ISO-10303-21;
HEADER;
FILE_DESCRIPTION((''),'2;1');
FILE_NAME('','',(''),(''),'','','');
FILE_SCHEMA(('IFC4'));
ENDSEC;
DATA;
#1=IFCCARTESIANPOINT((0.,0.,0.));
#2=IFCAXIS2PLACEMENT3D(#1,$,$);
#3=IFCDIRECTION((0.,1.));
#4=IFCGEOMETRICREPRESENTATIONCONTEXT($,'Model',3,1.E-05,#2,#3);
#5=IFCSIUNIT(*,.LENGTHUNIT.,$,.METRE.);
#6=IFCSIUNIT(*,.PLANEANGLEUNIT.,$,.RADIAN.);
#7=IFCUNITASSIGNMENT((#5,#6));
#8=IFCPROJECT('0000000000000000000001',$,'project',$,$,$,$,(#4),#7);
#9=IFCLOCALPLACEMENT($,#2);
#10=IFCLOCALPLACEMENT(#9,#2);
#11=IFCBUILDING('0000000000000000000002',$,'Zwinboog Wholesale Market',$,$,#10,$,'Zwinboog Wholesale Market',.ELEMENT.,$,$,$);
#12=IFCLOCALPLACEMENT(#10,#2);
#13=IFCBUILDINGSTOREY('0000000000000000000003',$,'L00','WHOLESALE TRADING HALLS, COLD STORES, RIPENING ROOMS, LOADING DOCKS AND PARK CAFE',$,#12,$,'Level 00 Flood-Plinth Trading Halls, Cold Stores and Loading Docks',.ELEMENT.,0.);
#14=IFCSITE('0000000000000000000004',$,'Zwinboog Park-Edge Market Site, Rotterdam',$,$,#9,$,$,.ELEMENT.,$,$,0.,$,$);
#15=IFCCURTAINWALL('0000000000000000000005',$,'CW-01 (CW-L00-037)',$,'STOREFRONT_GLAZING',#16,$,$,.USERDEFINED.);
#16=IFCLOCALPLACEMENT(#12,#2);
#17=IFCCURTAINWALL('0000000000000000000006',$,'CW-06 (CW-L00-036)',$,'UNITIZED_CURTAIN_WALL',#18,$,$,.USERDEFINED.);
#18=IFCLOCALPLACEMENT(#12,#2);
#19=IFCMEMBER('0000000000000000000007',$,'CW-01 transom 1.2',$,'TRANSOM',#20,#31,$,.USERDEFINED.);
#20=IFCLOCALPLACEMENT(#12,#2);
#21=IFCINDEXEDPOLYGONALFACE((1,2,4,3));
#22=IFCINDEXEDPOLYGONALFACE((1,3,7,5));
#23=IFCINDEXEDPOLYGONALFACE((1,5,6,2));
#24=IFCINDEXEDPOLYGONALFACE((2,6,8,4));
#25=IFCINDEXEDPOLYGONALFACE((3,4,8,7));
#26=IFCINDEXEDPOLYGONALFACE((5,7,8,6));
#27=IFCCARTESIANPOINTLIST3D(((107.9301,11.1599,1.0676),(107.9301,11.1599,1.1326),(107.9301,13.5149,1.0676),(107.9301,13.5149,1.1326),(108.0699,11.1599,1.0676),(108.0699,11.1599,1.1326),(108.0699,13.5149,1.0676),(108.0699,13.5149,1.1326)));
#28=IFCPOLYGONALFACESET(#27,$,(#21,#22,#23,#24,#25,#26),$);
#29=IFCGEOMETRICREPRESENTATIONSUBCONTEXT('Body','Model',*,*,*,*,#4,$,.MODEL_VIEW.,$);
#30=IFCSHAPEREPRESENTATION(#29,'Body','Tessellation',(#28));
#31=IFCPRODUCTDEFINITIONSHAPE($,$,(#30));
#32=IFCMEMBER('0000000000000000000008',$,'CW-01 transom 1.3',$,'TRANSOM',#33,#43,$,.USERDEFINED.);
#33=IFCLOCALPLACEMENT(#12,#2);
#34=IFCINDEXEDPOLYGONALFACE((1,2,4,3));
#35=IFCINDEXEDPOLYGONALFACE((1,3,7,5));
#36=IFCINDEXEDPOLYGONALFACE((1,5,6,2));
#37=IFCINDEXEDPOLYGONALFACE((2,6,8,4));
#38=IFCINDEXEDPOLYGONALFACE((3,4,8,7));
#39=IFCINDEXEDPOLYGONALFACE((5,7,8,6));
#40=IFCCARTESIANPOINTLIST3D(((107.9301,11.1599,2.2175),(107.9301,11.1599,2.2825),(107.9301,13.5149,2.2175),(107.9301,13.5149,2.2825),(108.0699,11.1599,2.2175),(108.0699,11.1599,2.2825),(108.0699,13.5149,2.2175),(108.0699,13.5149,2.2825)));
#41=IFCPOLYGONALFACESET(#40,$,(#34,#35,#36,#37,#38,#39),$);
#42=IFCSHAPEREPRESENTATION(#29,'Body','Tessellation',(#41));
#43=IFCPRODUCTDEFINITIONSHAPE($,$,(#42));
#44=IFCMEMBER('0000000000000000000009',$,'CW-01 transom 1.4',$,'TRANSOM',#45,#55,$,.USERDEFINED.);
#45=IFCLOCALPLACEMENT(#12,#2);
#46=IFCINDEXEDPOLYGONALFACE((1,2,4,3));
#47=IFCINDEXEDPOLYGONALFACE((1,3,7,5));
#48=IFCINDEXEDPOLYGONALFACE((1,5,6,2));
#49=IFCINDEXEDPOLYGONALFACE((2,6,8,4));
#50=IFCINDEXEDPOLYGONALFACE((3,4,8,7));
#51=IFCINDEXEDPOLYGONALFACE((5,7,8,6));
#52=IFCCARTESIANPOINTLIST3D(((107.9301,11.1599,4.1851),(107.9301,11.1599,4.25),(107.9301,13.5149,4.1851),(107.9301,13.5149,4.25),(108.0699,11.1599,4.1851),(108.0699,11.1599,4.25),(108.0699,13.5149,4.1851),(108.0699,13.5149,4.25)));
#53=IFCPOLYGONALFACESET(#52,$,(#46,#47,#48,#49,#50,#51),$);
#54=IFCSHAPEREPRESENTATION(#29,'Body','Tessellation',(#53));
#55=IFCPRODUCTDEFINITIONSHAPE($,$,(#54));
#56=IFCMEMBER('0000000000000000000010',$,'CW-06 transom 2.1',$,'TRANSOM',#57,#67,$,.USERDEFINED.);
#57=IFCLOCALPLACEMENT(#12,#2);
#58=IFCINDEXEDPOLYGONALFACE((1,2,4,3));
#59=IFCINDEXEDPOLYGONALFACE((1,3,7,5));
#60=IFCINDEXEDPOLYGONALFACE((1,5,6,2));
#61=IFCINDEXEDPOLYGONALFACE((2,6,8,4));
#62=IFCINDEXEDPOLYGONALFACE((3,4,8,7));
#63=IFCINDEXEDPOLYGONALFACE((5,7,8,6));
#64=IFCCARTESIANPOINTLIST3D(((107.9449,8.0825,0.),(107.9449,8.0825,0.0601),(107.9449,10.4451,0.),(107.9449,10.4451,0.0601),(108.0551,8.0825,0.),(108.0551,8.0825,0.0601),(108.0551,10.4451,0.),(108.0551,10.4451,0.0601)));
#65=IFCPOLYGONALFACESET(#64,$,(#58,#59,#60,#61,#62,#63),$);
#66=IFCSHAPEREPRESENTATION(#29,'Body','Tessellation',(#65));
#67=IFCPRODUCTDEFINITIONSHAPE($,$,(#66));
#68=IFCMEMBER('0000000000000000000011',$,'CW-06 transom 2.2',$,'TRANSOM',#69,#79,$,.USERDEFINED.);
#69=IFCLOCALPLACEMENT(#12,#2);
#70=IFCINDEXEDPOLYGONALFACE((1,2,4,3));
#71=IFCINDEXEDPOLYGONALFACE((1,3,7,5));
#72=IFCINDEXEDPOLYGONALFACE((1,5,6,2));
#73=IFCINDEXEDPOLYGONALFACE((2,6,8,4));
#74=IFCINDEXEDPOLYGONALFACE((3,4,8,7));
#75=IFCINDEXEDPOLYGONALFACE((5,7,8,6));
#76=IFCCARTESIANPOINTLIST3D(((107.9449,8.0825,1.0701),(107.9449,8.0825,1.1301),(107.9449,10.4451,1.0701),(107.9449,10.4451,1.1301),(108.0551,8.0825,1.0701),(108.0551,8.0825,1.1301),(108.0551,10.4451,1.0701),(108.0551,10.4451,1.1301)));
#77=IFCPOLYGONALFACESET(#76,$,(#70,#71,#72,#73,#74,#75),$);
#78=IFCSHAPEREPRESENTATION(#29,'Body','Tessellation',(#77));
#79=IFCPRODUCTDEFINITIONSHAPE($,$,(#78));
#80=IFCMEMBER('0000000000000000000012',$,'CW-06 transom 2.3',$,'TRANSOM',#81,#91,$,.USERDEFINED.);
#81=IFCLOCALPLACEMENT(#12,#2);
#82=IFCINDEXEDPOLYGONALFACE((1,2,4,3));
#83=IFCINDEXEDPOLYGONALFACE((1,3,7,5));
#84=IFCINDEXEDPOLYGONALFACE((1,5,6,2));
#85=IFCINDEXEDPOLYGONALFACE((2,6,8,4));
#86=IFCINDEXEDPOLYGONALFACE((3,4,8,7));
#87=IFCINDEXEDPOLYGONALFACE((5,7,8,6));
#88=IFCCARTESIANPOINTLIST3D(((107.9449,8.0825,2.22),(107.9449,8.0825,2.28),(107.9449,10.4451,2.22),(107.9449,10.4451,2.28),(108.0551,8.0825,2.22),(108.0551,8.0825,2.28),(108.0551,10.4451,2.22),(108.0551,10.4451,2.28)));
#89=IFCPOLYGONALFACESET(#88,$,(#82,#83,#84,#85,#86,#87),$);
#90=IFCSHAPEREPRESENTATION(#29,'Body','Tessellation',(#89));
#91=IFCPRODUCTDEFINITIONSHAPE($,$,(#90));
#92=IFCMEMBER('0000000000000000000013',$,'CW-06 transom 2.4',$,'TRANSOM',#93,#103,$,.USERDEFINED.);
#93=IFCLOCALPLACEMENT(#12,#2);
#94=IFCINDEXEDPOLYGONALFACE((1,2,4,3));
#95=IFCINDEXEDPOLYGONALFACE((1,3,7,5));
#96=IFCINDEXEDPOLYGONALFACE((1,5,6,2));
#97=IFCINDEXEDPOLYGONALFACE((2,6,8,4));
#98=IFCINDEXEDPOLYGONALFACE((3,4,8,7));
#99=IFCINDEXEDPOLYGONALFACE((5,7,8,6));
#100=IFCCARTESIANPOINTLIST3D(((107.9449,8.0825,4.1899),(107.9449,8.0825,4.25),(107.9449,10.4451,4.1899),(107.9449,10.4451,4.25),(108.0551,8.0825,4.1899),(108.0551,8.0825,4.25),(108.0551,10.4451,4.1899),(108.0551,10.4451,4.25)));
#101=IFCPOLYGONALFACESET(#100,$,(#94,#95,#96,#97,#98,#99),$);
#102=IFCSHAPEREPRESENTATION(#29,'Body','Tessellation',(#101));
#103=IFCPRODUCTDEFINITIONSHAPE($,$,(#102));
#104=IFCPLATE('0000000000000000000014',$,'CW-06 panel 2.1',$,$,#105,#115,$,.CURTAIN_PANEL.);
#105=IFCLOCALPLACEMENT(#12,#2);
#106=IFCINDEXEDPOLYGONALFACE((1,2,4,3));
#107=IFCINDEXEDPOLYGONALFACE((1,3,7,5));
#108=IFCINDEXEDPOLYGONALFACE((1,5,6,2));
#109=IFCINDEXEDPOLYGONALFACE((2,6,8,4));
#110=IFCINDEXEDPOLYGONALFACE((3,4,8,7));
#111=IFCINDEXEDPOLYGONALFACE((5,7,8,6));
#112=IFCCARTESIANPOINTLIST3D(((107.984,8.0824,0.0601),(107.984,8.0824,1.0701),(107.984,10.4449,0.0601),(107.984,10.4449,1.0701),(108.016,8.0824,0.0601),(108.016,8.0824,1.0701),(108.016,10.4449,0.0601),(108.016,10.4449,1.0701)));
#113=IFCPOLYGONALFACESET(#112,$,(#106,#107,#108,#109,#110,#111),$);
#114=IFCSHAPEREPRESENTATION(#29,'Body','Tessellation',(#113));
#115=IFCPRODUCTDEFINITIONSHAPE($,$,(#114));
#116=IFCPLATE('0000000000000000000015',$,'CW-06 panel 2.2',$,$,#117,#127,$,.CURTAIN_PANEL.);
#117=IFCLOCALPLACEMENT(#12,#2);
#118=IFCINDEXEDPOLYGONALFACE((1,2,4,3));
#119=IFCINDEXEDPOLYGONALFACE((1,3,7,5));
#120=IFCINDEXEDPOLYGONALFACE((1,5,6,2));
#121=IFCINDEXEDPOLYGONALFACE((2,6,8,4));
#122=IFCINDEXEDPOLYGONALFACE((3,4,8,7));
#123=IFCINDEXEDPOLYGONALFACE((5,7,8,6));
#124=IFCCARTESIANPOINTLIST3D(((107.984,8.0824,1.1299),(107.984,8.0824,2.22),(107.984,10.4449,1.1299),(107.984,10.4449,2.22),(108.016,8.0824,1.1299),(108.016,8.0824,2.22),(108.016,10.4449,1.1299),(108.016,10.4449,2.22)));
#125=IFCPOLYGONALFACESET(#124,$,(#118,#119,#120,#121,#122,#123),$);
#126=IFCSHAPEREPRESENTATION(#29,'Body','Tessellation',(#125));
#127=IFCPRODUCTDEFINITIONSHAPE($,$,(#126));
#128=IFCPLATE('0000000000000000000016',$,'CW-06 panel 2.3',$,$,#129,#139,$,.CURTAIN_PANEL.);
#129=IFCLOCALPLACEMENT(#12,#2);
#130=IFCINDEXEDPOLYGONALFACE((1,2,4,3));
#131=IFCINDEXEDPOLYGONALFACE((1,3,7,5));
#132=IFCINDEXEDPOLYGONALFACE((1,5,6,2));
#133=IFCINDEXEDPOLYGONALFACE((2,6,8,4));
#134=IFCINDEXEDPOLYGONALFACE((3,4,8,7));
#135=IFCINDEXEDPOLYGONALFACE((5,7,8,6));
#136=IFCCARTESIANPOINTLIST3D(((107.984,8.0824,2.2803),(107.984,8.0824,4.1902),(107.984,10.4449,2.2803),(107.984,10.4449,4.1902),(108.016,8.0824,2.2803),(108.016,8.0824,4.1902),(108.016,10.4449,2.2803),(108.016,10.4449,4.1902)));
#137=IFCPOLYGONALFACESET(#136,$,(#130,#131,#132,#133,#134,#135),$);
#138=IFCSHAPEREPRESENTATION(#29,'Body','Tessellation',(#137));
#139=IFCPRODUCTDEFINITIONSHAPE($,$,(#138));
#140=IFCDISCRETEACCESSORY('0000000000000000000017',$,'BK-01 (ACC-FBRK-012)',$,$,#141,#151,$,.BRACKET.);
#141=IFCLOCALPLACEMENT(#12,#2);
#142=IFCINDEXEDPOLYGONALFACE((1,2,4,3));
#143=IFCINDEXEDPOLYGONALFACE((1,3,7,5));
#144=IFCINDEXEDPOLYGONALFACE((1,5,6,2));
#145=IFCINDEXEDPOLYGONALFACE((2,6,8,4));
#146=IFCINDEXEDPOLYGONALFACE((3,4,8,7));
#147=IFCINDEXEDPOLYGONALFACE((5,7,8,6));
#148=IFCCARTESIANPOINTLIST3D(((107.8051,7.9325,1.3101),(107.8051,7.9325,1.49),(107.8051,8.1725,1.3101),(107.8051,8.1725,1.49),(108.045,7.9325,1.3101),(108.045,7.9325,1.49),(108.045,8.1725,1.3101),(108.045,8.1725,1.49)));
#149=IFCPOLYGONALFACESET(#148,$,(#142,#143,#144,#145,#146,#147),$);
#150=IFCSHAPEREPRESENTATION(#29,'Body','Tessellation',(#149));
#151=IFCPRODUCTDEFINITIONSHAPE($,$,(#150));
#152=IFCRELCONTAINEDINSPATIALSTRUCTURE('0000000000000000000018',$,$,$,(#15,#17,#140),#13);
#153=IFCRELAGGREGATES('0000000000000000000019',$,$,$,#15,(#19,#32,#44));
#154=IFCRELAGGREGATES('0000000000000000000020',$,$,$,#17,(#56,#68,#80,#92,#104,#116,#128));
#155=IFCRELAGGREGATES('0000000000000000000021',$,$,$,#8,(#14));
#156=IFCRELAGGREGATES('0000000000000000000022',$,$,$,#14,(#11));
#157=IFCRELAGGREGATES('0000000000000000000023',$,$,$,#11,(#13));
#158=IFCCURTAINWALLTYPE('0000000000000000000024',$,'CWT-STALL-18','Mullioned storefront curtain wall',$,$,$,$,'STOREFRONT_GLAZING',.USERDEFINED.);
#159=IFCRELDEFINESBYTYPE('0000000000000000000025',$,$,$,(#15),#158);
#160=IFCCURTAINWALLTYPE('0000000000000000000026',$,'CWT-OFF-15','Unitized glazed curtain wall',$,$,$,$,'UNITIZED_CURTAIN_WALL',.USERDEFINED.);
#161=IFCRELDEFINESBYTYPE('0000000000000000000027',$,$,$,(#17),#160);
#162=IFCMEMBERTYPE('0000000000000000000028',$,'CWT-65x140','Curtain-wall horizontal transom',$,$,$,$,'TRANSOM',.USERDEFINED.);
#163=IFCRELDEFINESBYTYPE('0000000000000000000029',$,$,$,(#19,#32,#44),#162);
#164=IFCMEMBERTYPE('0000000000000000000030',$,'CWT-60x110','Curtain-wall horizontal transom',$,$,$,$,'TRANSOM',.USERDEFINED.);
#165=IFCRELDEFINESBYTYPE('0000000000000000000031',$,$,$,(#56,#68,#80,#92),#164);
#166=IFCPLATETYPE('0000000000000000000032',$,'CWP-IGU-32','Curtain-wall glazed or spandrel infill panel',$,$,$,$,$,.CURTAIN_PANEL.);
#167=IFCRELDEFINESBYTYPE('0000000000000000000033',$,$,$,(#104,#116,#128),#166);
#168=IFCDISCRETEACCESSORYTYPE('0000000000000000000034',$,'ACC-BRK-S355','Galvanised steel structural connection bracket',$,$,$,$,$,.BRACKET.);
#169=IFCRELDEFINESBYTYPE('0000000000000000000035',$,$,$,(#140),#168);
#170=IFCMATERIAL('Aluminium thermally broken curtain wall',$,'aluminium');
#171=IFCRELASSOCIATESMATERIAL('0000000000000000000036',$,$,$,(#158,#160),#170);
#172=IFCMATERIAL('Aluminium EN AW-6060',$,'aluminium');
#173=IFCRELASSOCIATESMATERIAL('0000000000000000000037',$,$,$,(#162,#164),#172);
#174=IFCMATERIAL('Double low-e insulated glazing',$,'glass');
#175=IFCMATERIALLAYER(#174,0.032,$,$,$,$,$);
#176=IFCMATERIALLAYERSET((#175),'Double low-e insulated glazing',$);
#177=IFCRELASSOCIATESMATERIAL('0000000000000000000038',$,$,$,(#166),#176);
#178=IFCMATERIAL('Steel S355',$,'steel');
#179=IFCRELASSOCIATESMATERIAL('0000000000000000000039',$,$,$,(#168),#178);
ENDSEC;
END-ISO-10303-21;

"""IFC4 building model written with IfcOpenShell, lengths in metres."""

from ifc_helpers import new_model, si_unit, direction, frame, origin, origin_2d, place, context, subcontext, project, spatial, rectangle, extrude, material, layer, layer_set, material_profile, profile_set, type_object, element, aggregate, save


model = new_model("IFC4")

# Units and contexts
model_context = context("Model", 3, precision=1e-05, world=origin(), true_north=direction((0.0, 1.0)))
body_context = subcontext(model_context, "Body", "Model", "MODEL_VIEW")
ifc_project = project(units=[si_unit("LENGTHUNIT", "METRE"), si_unit("PLANEANGLEUNIT", "RADIAN")], contexts=[model_context])

# Site, building, storey
site_placement = place(None, origin())
site = spatial("IfcSite", under=ifc_project, at=site_placement, Name="Zwinboog Park-Edge Market Site, Rotterdam", CompositionType="ELEMENT", RefElevation=0.0)
building_placement = place(site_placement, origin())
building = spatial("IfcBuilding", under=site, at=building_placement, Name="Zwinboog Wholesale Market", LongName="Zwinboog Wholesale Market", CompositionType="ELEMENT")
storey_placement = place(building_placement, origin())
storey = spatial("IfcBuildingStorey", under=building, at=storey_placement, Name="L00", Description="WHOLESALE TRADING HALLS, COLD STORES, RIPENING ROOMS, LOADING DOCKS AND PARK CAFE", LongName="Level 00 Flood-Plinth Trading Halls, Cold Stores and Loading Docks", CompositionType="ELEMENT", Elevation=0.0)

# Curtain wall
ifc_material_1 = material(Name="Aluminium thermally broken curtain wall", Category="aluminium")
curtain_wall_type_1 = type_object("IfcCurtainWallType", Name="CWT-STALL-18", Description="Mullioned storefront curtain wall", ElementType="STOREFRONT_GLAZING", PredefinedType="USERDEFINED", material=ifc_material_1)
curtain_wall_1_placement = place(storey_placement, origin())
curtain_wall_1 = element("IfcCurtainWall", 1, at=curtain_wall_1_placement, inside=storey, type_object=curtain_wall_type_1, Name="CW-01 (CW-L00-037)", ObjectType="STOREFRONT_GLAZING", PredefinedType="USERDEFINED")
ifc_material_2 = material(Name="Aluminium EN AW-6060", Category="aluminium")

# Curtain wall
curtain_wall_type_2 = type_object("IfcCurtainWallType", Name="CWT-OFF-15", Description="Unitized glazed curtain wall", ElementType="UNITIZED_CURTAIN_WALL", PredefinedType="USERDEFINED", material=ifc_material_1)
curtain_wall_2_placement = place(storey_placement, origin())
curtain_wall_2 = element("IfcCurtainWall", 2, at=curtain_wall_2_placement, inside=storey, type_object=curtain_wall_type_2, Name="CW-06 (CW-L00-036)", ObjectType="UNITIZED_CURTAIN_WALL", PredefinedType="USERDEFINED")

# Members
ifc_material_profile_1 = material_profile(ifc_material_2, rectangle(XDim=0.1399, YDim=0.0649, at=origin_2d()), Name="AL 65x140")
ifc_profile_set_1 = profile_set([ifc_material_profile_1], Name="Aluminium EN AW-6060")
member_type_1 = type_object("IfcMemberType", Name="CWT-65x140", Description="Curtain-wall horizontal transom", ElementType="TRANSOM", PredefinedType="USERDEFINED", material=ifc_profile_set_1)
member_1_placement = place(storey_placement, frame((108.0, 11.1599, 1.1001), z_axis=(0.0, 1.0, 0.0), x_axis=(-1.0, 0.0, 0.0)))
member_1 = element("IfcMember", 3, at=member_1_placement, type_object=member_type_1, Name="CW-01 transom 1.2", ObjectType="TRANSOM", PredefinedType="USERDEFINED", context=body_context, shape_type="SweptSolid", body=[
    extrude(rectangle(XDim=0.1399, YDim=0.0649, at=origin_2d()), origin(), (0.0, 0.0, 1.0), 2.355),
])
member_2_placement = place(storey_placement, frame((108.0, 11.1599, 2.25), z_axis=(0.0, 1.0, 0.0), x_axis=(-1.0, 0.0, 0.0)))
member_2 = element("IfcMember", 4, at=member_2_placement, type_object=member_type_1, Name="CW-01 transom 1.3", ObjectType="TRANSOM", PredefinedType="USERDEFINED", context=body_context, shape_type="SweptSolid", body=[
    extrude(rectangle(XDim=0.1399, YDim=0.0649, at=origin_2d()), origin(), (0.0, 0.0, 1.0), 2.355),
])
member_3_placement = place(storey_placement, frame((108.0, 11.1599, 4.2175), z_axis=(0.0, 1.0, 0.0), x_axis=(-1.0, 0.0, 0.0)))
member_3 = element("IfcMember", 5, at=member_3_placement, type_object=member_type_1, Name="CW-01 transom 1.4", ObjectType="TRANSOM", PredefinedType="USERDEFINED", context=body_context, shape_type="SweptSolid", body=[
    extrude(rectangle(XDim=0.1399, YDim=0.0649, at=origin_2d()), origin(), (0.0, 0.0, 1.0), 2.355),
])
aggregate(curtain_wall_1, [member_1, member_2, member_3])
ifc_material_profile_2 = material_profile(ifc_material_2, rectangle(XDim=0.1101, YDim=0.0601, at=origin_2d()), Name="AL 60x110")
ifc_profile_set_2 = profile_set([ifc_material_profile_2], Name="Aluminium EN AW-6060")
member_type_2 = type_object("IfcMemberType", Name="CWT-60x110", Description="Curtain-wall horizontal transom", ElementType="TRANSOM", PredefinedType="USERDEFINED", material=ifc_profile_set_2)
member_4_placement = place(storey_placement, frame((108.0, 8.0825, 0.03), z_axis=(0.0, 1.0, 0.0), x_axis=(-1.0, 0.0, 0.0)))
member_4 = element("IfcMember", 6, at=member_4_placement, type_object=member_type_2, Name="CW-06 transom 2.1", ObjectType="TRANSOM", PredefinedType="USERDEFINED", context=body_context, shape_type="SweptSolid", body=[
    extrude(rectangle(XDim=0.1101, YDim=0.0601, at=origin_2d()), origin(), (0.0, 0.0, 1.0), 2.3625),
])
member_5_placement = place(storey_placement, frame((108.0, 8.0825, 1.1001), z_axis=(0.0, 1.0, 0.0), x_axis=(-1.0, 0.0, 0.0)))
member_5 = element("IfcMember", 7, at=member_5_placement, type_object=member_type_2, Name="CW-06 transom 2.2", ObjectType="TRANSOM", PredefinedType="USERDEFINED", context=body_context, shape_type="SweptSolid", body=[
    extrude(rectangle(XDim=0.1101, YDim=0.0601, at=origin_2d()), origin(), (0.0, 0.0, 1.0), 2.3625),
])
member_6_placement = place(storey_placement, frame((108.0, 8.0825, 2.25), z_axis=(0.0, 1.0, 0.0), x_axis=(-1.0, 0.0, 0.0)))
member_6 = element("IfcMember", 8, at=member_6_placement, type_object=member_type_2, Name="CW-06 transom 2.3", ObjectType="TRANSOM", PredefinedType="USERDEFINED", context=body_context, shape_type="SweptSolid", body=[
    extrude(rectangle(XDim=0.1101, YDim=0.0601, at=origin_2d()), origin(), (0.0, 0.0, 1.0), 2.3625),
])
member_7_placement = place(storey_placement, frame((108.0, 8.0825, 4.22), z_axis=(0.0, 1.0, 0.0), x_axis=(-1.0, 0.0, 0.0)))
member_7 = element("IfcMember", 9, at=member_7_placement, type_object=member_type_2, Name="CW-06 transom 2.4", ObjectType="TRANSOM", PredefinedType="USERDEFINED", context=body_context, shape_type="SweptSolid", body=[
    extrude(rectangle(XDim=0.1101, YDim=0.0601, at=origin_2d()), origin(), (0.0, 0.0, 1.0), 2.3625),
])

# Plates
ifc_material_3 = material(Name="Double low-e insulated glazing", Category="glass")
ifc_layer = layer(ifc_material_3, 0.032)
ifc_layer_set = layer_set([ifc_layer], Name="Double low-e insulated glazing")
plate_type = type_object("IfcPlateType", Name="CWP-IGU-32", Description="Curtain-wall glazed or spandrel infill panel", PredefinedType="CURTAIN_PANEL", material=ifc_layer_set)
plate_1_placement = place(storey_placement, frame((108.0, 9.2637, 0.0601), z_axis=(0.0, 0.0, 1.0), x_axis=(0.0, 1.0, 0.0)))
plate_1 = element("IfcPlate", 10, at=plate_1_placement, type_object=plate_type, Name="CW-06 panel 2.1", PredefinedType="CURTAIN_PANEL", context=body_context, shape_type="SweptSolid", body=[
    extrude(rectangle(XDim=2.3625, YDim=0.032, at=origin_2d()), origin(), (0.0, 0.0, 1.0), 1.01),
])
plate_2_placement = place(storey_placement, frame((108.0, 9.2637, 1.1299), z_axis=(0.0, 0.0, 1.0), x_axis=(0.0, 1.0, 0.0)))
plate_2 = element("IfcPlate", 11, at=plate_2_placement, type_object=plate_type, Name="CW-06 panel 2.2", PredefinedType="CURTAIN_PANEL", context=body_context, shape_type="SweptSolid", body=[
    extrude(rectangle(XDim=2.3625, YDim=0.032, at=origin_2d()), origin(), (0.0, 0.0, 1.0), 1.0901),
])
plate_3_placement = place(storey_placement, frame((108.0, 9.2637, 2.2803), z_axis=(0.0, 0.0, 1.0), x_axis=(0.0, 1.0, 0.0)))
plate_3 = element("IfcPlate", 12, at=plate_3_placement, type_object=plate_type, Name="CW-06 panel 2.3", PredefinedType="CURTAIN_PANEL", context=body_context, shape_type="SweptSolid", body=[
    extrude(rectangle(XDim=2.3625, YDim=0.032, at=origin_2d()), origin(), (0.0, 0.0, 1.0), 1.9099),
])
aggregate(curtain_wall_2, [member_4, member_5, member_6, member_7, plate_1, plate_2, plate_3])

# Discrete accessory
ifc_material_4 = material(Name="Steel S355", Category="steel")
discrete_accessory_type = type_object("IfcDiscreteAccessoryType", Name="ACC-BRK-S355", Description="Galvanised steel structural connection bracket", PredefinedType="BRACKET", material=ifc_material_4)
discrete_accessory_placement = place(storey_placement, frame((107.925, 8.0525, 1.3101), z_axis=(0.0, 0.0, 1.0), x_axis=(1.0, 0.0, 0.0)))
element("IfcDiscreteAccessory", 13, at=discrete_accessory_placement, inside=storey, type_object=discrete_accessory_type, Name="BK-01 (ACC-FBRK-012)", PredefinedType="BRACKET", context=body_context, shape_type="SweptSolid", body=[
    extrude(rectangle(XDim=0.24, YDim=0.24, at=origin_2d()), origin(), (0.0, 0.0, 1.0), 0.1799),
])

save(model, "model.ifc")
